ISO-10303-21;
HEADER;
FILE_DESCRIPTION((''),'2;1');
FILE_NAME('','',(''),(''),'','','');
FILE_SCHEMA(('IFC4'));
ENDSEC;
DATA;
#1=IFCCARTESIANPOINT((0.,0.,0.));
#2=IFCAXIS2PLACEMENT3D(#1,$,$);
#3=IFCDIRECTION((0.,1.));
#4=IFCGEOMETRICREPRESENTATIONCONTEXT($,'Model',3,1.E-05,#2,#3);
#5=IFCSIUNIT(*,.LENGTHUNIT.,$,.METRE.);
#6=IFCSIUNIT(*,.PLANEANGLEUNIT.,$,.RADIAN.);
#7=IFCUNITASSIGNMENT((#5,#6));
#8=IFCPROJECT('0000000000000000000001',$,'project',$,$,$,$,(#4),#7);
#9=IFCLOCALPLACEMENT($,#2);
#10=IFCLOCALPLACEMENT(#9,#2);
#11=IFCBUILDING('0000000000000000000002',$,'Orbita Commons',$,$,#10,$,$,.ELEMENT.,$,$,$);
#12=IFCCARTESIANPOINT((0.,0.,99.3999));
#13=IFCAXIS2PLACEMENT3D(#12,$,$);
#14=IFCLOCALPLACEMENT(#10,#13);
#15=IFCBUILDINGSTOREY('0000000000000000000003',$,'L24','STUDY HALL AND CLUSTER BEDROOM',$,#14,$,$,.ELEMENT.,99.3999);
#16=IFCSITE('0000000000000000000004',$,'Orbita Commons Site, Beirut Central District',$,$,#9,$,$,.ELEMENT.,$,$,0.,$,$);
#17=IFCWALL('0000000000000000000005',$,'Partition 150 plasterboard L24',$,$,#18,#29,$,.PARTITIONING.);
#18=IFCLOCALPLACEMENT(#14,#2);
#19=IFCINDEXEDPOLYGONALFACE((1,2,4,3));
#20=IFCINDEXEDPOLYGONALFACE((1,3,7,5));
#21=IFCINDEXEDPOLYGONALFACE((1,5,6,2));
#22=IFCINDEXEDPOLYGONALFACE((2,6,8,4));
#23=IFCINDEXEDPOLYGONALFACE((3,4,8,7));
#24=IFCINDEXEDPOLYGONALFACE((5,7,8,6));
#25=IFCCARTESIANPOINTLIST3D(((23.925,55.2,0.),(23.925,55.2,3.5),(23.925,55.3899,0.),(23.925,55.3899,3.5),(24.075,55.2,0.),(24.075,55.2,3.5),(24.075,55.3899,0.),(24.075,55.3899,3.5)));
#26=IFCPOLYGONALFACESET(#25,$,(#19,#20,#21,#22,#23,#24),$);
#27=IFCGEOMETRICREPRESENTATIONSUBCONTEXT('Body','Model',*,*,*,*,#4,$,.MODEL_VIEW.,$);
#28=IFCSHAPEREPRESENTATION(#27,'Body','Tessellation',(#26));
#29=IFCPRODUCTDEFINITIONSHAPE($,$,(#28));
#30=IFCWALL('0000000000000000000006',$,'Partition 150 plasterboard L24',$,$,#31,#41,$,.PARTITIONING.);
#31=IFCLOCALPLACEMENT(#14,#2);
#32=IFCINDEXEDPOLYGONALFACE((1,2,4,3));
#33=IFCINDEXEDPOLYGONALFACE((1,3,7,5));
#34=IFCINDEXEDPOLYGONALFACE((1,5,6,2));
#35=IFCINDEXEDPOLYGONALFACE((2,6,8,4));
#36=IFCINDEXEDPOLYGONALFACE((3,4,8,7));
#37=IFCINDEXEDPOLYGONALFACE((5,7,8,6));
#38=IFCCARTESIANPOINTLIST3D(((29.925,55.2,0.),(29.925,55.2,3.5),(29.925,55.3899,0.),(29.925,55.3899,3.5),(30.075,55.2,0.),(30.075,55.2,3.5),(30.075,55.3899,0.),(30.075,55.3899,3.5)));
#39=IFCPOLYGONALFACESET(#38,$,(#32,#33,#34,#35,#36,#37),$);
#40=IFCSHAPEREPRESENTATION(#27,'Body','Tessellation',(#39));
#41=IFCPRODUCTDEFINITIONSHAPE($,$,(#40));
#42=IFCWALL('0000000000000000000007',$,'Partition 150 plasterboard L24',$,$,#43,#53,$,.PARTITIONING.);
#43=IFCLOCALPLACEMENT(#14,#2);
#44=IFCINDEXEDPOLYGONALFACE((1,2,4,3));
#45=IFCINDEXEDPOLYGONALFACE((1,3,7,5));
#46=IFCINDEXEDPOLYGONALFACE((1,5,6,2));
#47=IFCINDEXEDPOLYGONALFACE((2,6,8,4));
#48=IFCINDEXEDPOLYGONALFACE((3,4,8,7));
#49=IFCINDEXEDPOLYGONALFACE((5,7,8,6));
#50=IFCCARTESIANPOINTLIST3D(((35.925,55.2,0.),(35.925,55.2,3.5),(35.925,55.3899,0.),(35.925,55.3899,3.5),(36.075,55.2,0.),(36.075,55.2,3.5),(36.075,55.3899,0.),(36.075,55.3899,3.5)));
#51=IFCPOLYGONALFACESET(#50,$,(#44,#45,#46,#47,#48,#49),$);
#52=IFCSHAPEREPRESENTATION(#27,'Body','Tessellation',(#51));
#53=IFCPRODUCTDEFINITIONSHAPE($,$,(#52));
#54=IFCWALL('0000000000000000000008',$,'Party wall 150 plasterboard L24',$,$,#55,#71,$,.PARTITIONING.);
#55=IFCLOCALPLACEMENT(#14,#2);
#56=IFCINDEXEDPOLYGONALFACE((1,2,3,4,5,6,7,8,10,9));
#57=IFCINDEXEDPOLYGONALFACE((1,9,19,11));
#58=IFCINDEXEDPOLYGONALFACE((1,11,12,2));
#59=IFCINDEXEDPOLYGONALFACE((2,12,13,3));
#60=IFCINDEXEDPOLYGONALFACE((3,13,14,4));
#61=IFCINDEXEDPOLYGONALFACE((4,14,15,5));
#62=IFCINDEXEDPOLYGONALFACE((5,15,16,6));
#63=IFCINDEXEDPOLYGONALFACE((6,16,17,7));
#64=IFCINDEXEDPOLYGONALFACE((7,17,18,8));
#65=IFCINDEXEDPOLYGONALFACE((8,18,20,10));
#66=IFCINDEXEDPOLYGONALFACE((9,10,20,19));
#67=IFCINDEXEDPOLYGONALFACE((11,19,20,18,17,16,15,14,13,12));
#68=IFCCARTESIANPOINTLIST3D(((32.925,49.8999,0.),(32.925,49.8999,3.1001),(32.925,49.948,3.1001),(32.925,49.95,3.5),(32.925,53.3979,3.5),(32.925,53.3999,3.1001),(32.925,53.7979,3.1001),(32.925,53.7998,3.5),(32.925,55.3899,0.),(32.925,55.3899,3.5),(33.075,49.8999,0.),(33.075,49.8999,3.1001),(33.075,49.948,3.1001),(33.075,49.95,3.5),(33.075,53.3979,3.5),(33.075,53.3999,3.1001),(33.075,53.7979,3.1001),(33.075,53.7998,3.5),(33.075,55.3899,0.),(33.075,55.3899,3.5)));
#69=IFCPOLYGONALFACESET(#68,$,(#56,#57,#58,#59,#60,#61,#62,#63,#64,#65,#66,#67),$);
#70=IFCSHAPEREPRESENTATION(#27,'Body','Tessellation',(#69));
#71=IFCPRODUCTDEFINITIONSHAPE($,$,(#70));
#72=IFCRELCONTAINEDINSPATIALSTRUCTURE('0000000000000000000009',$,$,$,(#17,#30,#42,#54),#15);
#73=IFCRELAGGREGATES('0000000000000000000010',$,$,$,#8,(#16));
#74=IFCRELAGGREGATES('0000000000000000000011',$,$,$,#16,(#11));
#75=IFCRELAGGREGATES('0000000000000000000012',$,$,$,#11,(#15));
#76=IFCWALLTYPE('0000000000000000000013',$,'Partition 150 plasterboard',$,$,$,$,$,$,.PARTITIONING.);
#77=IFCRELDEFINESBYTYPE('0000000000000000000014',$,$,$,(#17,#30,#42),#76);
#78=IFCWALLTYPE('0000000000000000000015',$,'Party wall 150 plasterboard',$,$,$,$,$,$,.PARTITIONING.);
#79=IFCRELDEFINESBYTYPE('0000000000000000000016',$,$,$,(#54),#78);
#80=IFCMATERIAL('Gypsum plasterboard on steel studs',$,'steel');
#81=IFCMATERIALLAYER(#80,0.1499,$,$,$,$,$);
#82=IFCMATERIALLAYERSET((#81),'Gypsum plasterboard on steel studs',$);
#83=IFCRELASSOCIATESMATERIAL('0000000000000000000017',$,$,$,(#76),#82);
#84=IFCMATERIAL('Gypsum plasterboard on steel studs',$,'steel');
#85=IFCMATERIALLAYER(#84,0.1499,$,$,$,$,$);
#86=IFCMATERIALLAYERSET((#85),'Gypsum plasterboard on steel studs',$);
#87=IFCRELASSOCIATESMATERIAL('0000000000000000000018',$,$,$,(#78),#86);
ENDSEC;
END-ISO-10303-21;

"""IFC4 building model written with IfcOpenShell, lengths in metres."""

from ifc_helpers import new_model, si_unit, direction, frame, frame_2d, origin, place, context, subcontext, project, spatial, polyline, rectangle, outline, extrude, material, layer, layer_set, type_object, element, save


model = new_model("IFC4")

# Units and contexts
model_context = context("Model", 3, precision=1e-05, world=origin(), true_north=direction((0.0, 1.0)))
body_context = subcontext(model_context, "Body", "Model", "MODEL_VIEW")
ifc_project = project(units=[si_unit("LENGTHUNIT", "METRE"), si_unit("PLANEANGLEUNIT", "RADIAN")], contexts=[model_context])

# Site, building, storey
site_placement = place(None, origin())
site = spatial("IfcSite", under=ifc_project, at=site_placement, Name="Orbita Commons Site, Beirut Central District", CompositionType="ELEMENT", RefElevation=0.0)
building_placement = place(site_placement, origin())
building = spatial("IfcBuilding", under=site, at=building_placement, Name="Orbita Commons", CompositionType="ELEMENT")
storey_placement = place(building_placement, frame((0.0, 0.0, 99.3999)))
storey = spatial("IfcBuildingStorey", under=building, at=storey_placement, Name="L24", Description="STUDY HALL AND CLUSTER BEDROOM", CompositionType="ELEMENT", Elevation=99.3999)

# Walls
ifc_material_1 = material(Name="Gypsum plasterboard on steel studs", Category="steel")
ifc_layer_1 = layer(ifc_material_1, 0.1499)
ifc_layer_set_1 = layer_set([ifc_layer_1], Name="Gypsum plasterboard on steel studs")
wall_type_1 = type_object("IfcWallType", Name="Partition 150 plasterboard", PredefinedType="PARTITIONING", material=ifc_layer_set_1)
for number, where, z_axis, x_axis, name in (
    (1, (24.0, 55.2, 0.0), (0.0, 0.0, 1.0), (0.0, 1.0, 0.0), "Partition 150 plasterboard L24"),
    (2, (30.0, 55.2, 0.0), (0.0, 0.0, 1.0), (0.0, 1.0, 0.0), "Partition 150 plasterboard L24"),
    (3, (36.0, 55.2, 0.0), (0.0, 0.0, 1.0), (0.0, 1.0, 0.0), "Partition 150 plasterboard L24"),
):
    element("IfcWall", number, at=place(storey_placement, frame(where, z_axis=z_axis, x_axis=x_axis)), inside=storey, type_object=wall_type_1, Name=name, PredefinedType="PARTITIONING", context=body_context, shape_type="SweptSolid", body=[
        extrude(rectangle(XDim=0.1899, YDim=0.1499, at=frame_2d((0.095, 0.0))), origin(), (0.0, 0.0, 1.0), 3.5),
    ])
ifc_material_2 = material(Name="Gypsum plasterboard on steel studs", Category="steel")
ifc_layer_2 = layer(ifc_material_2, 0.1499)
ifc_layer_set_2 = layer_set([ifc_layer_2], Name="Gypsum plasterboard on steel studs")
wall_type_2 = type_object("IfcWallType", Name="Party wall 150 plasterboard", PredefinedType="PARTITIONING", material=ifc_layer_set_2)
wall_placement = place(storey_placement, frame((33.0, 55.3899, 0.0), z_axis=(0.0, 0.0, 1.0), x_axis=(0.0, -1.0, 0.0)))
element("IfcWall", 4, at=wall_placement, inside=storey, type_object=wall_type_2, Name="Party wall 150 plasterboard L24", PredefinedType="PARTITIONING", context=body_context, shape_type="SweptSolid", body=[
    extrude(outline(polyline([(0.0, 0.0), (5.49, 0.0), (5.49, 3.1001), (5.4419, 3.1001), (5.4399, 3.5), (1.9919, 3.5), (1.99, 3.1001), (1.592, 3.1001), (1.5901, 3.5), (0.0, 3.5), (0.0, 0.0)])), frame((0.0, 0.075, 0.0), z_axis=(0.0, -1.0, 0.0), x_axis=(1.0, 0.0, 0.0)), (0.0, 0.0, 1.0), 0.1499),
])

save(model, "model.ifc")
